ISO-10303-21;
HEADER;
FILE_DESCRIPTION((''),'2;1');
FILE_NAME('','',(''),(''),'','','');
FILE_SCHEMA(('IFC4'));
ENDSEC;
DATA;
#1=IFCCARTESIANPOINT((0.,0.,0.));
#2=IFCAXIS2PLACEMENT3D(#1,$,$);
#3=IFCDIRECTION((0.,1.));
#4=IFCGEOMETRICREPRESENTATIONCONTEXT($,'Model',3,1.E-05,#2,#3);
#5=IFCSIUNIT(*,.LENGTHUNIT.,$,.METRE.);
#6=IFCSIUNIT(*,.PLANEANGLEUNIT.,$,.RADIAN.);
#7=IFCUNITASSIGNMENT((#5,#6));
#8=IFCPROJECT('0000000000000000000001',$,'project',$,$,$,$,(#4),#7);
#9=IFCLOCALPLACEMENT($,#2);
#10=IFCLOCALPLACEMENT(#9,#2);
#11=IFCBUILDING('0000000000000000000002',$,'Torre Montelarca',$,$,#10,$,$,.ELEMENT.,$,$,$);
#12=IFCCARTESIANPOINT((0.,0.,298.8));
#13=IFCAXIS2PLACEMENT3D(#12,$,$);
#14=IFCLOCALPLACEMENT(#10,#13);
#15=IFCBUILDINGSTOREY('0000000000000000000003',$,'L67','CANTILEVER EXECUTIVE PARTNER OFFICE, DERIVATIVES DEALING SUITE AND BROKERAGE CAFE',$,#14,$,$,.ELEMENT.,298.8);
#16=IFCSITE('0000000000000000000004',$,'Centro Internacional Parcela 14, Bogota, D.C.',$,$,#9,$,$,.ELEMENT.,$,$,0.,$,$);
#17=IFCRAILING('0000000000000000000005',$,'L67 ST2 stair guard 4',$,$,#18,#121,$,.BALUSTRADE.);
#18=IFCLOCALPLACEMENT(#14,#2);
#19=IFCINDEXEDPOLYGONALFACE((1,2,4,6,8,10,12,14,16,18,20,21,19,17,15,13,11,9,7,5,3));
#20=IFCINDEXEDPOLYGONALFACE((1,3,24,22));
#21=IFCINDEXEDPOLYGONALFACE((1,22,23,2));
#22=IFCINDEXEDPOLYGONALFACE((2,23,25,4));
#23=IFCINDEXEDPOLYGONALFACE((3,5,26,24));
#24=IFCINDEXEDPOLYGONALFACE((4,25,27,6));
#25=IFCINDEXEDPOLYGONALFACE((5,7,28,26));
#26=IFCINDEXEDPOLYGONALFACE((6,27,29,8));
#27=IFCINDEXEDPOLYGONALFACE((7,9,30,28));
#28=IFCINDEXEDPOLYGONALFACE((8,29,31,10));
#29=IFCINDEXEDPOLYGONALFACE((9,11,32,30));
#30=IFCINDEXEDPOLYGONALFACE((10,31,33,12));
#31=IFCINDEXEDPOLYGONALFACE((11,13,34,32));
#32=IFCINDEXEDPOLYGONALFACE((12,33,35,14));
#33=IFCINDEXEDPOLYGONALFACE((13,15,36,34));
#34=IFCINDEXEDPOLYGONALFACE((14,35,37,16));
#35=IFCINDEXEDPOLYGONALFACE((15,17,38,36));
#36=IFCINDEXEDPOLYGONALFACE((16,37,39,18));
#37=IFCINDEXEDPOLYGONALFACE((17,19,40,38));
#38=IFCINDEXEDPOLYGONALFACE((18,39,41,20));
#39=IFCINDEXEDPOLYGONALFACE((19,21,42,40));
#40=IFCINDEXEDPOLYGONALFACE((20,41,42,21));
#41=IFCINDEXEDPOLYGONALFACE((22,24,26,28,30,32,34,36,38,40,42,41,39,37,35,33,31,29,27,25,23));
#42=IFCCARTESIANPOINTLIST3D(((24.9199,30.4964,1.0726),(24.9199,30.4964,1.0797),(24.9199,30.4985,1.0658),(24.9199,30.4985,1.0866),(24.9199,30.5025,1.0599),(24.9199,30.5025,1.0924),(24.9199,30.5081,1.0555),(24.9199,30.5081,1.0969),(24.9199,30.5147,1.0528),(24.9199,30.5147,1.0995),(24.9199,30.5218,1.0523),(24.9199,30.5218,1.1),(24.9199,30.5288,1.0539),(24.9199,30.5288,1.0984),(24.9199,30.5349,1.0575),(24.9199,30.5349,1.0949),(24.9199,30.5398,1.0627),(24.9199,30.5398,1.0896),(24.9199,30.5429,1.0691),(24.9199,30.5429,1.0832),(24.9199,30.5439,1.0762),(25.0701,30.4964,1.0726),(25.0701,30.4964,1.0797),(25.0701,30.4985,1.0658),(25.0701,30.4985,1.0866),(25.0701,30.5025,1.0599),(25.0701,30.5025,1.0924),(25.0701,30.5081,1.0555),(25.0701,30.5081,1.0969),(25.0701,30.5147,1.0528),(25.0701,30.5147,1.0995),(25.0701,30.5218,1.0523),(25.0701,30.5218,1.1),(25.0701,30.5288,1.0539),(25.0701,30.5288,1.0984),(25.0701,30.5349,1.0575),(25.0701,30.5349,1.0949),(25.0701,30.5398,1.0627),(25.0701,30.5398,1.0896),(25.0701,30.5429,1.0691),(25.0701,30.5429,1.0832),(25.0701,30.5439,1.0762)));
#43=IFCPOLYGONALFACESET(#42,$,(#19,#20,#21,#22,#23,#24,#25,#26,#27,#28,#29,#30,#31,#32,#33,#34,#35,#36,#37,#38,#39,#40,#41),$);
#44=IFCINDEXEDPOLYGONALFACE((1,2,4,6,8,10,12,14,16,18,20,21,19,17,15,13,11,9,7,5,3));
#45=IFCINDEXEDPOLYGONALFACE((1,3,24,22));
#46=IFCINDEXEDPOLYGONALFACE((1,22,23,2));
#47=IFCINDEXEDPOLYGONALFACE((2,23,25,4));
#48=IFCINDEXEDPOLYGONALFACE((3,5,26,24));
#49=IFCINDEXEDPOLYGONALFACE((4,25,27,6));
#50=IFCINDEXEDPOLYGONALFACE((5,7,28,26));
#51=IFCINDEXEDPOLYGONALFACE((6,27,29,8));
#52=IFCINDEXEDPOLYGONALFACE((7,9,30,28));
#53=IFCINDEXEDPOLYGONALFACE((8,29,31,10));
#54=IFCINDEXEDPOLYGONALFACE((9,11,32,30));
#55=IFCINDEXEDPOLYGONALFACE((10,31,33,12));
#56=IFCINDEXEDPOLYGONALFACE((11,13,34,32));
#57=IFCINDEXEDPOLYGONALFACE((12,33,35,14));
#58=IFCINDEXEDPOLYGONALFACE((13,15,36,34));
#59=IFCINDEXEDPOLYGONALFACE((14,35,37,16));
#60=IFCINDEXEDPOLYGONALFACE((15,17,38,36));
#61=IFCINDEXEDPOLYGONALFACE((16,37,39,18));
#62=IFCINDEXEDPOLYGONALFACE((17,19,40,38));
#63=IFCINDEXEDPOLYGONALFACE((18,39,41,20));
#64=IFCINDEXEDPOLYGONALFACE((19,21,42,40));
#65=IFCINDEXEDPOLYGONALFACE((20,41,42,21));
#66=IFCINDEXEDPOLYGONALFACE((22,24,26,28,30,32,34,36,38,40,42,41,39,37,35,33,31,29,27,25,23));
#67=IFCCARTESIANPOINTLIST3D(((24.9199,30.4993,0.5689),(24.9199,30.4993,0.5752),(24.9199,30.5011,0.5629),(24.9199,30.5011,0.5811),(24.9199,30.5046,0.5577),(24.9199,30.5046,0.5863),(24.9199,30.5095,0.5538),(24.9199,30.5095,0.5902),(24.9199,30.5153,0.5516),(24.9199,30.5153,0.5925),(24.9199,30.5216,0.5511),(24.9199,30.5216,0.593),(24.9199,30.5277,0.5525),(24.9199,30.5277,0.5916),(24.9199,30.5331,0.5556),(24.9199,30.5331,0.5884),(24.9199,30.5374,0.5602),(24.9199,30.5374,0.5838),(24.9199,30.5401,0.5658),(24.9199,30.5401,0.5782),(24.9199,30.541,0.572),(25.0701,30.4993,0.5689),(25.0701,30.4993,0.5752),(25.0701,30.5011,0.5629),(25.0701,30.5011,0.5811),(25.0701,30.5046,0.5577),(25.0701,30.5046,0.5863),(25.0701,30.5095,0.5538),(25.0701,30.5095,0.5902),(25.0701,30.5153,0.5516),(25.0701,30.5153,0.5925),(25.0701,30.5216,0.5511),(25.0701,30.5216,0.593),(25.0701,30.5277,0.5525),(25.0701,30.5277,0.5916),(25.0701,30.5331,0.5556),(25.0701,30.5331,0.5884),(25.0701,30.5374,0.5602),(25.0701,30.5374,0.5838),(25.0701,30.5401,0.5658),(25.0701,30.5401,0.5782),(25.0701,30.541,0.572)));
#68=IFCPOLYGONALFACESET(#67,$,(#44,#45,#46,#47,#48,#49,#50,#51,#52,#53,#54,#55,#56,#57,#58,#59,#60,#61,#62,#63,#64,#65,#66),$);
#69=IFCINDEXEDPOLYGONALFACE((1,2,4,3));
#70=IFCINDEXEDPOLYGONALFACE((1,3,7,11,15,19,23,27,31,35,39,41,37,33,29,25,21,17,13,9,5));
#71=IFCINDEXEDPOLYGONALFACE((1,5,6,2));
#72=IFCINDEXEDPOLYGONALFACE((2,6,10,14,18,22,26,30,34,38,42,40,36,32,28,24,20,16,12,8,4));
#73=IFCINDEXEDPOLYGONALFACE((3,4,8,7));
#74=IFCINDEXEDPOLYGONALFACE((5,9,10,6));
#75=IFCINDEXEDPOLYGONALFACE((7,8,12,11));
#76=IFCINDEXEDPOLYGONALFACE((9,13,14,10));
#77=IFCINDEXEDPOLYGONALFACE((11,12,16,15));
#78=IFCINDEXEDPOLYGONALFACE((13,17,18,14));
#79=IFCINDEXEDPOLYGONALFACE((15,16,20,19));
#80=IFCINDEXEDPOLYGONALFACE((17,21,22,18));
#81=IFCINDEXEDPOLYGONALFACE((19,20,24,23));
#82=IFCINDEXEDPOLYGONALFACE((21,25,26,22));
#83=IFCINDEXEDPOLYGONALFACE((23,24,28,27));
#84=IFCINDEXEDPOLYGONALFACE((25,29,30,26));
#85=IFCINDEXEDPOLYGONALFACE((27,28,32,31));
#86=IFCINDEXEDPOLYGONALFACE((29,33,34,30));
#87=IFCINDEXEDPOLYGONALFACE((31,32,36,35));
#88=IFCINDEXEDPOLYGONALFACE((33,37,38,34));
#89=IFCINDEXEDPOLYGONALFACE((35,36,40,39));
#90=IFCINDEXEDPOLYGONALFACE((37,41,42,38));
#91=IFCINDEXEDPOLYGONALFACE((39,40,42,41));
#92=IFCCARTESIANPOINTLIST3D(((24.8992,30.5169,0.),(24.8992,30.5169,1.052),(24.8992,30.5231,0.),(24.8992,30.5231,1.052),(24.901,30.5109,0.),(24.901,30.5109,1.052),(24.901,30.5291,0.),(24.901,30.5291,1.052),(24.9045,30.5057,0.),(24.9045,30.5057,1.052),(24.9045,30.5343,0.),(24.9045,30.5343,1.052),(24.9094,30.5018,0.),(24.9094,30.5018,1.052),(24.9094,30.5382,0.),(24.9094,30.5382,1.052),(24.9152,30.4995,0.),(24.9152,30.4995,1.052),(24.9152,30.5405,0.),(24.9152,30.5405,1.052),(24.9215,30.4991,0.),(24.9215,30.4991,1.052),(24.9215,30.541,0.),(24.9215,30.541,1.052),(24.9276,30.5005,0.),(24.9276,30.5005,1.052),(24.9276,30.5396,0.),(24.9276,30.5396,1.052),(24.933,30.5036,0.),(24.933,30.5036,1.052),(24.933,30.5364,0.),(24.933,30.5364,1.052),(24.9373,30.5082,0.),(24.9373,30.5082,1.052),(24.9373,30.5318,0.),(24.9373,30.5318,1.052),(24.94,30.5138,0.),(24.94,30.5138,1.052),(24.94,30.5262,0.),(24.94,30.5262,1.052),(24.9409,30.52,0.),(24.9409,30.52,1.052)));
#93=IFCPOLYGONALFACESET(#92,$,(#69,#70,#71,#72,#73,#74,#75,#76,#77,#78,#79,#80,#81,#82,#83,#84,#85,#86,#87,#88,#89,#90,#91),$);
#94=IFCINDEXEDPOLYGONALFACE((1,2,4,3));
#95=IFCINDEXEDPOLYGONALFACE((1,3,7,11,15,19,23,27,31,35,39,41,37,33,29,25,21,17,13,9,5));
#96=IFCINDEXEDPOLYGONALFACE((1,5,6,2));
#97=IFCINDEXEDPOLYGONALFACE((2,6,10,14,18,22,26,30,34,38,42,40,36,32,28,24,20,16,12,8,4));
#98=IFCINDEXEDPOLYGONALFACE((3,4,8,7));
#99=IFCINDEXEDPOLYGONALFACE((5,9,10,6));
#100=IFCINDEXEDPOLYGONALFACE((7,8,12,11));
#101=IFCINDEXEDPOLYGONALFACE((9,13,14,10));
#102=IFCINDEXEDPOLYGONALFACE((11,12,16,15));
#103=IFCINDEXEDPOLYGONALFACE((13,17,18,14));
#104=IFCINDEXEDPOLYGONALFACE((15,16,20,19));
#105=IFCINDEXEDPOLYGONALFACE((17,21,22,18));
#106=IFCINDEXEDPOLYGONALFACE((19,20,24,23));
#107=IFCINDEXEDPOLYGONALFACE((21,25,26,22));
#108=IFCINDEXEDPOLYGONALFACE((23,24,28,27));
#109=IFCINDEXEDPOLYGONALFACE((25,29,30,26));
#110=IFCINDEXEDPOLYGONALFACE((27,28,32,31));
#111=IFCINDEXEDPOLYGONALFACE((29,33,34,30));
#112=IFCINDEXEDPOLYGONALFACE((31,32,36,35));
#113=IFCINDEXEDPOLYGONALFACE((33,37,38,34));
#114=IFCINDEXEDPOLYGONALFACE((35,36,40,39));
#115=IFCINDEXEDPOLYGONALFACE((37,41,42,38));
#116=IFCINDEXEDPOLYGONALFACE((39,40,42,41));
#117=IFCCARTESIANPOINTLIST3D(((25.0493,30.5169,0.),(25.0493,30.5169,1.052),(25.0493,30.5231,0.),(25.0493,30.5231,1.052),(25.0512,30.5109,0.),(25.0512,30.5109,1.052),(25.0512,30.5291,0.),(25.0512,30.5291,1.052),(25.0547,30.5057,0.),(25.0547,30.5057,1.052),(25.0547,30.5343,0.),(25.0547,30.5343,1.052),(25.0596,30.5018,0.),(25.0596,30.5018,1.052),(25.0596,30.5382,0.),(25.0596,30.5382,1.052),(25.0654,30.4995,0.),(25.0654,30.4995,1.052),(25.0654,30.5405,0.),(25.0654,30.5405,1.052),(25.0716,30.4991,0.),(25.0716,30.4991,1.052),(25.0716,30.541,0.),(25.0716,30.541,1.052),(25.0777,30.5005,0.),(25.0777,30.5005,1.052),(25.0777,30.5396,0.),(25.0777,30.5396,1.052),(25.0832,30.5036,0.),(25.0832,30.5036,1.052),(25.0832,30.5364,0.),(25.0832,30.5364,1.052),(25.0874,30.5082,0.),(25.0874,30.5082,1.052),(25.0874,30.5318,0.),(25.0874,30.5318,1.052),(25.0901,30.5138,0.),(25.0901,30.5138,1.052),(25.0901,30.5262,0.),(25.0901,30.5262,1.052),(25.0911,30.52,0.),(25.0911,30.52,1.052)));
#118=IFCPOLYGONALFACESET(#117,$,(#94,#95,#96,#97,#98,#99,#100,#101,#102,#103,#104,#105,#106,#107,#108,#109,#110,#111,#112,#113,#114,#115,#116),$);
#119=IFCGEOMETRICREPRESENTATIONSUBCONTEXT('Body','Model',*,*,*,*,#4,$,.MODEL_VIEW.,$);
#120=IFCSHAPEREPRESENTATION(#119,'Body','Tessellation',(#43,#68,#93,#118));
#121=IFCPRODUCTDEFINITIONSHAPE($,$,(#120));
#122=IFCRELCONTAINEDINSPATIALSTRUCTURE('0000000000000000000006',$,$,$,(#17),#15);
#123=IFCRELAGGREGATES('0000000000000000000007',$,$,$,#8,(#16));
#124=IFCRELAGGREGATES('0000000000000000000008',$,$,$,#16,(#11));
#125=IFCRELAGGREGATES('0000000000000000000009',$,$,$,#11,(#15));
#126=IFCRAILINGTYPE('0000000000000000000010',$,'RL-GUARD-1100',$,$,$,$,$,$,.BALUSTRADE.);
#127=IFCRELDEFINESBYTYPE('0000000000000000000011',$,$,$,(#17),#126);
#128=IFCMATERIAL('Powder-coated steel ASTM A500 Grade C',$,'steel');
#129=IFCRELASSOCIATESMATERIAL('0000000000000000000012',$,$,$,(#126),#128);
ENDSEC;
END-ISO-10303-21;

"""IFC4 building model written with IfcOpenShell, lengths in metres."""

from ifc_helpers import new_model, si_unit, direction, frame, origin, origin_2d, place, context, subcontext, project, spatial, circle, extrude, material, type_object, element, save


model = new_model("IFC4")

# Units and contexts
model_context = context("Model", 3, precision=1e-05, world=origin(), true_north=direction((0.0, 1.0)))
body_context = subcontext(model_context, "Body", "Model", "MODEL_VIEW")
ifc_project = project(units=[si_unit("LENGTHUNIT", "METRE"), si_unit("PLANEANGLEUNIT", "RADIAN")], contexts=[model_context])

# Site, building, storey
site_placement = place(None, origin())
site = spatial("IfcSite", under=ifc_project, at=site_placement, Name="Centro Internacional Parcela 14, Bogota, D.C.", CompositionType="ELEMENT", RefElevation=0.0)
building_placement = place(site_placement, origin())
building = spatial("IfcBuilding", under=site, at=building_placement, Name="Torre Montelarca", CompositionType="ELEMENT")
storey_placement = place(building_placement, frame((0.0, 0.0, 298.8)))
storey = spatial("IfcBuildingStorey", under=building, at=storey_placement, Name="L67", Description="CANTILEVER EXECUTIVE PARTNER OFFICE, DERIVATIVES DEALING SUITE AND BROKERAGE CAFE", CompositionType="ELEMENT", Elevation=298.8)

# Railing
ifc_material_1 = material(Name="Powder-coated steel ASTM A500 Grade C", Category="steel")
railing_type_1 = type_object("IfcRailingType", Name="RL-GUARD-1100", PredefinedType="BALUSTRADE", material=ifc_material_1)
railing_1_placement = place(storey_placement, frame((24.9199, 30.52, 0.0)))
element("IfcRailing", 1, at=railing_1_placement, inside=storey, type_object=railing_type_1, Name="L67 ST2 stair guard 4", PredefinedType="BALUSTRADE", context=body_context, shape_type="SweptSolid", body=[
    extrude(circle(Radius=0.0239, at=origin_2d()), frame((0.0, 0.0, 1.0762), z_axis=(1.0, 0.0, 0.0), x_axis=(0.0, 1.0, 0.0)), (0.0, 0.0, 1.0), 0.1501),
    extrude(circle(Radius=0.021, at=origin_2d()), frame((0.0, 0.0, 0.572), z_axis=(1.0, 0.0, 0.0), x_axis=(0.0, 1.0, 0.0)), (0.0, 0.0, 1.0), 0.1501),
    extrude(circle(Radius=0.021, at=origin_2d()), origin(), (0.0, 0.0, 1.0), 1.052),
    extrude(circle(Radius=0.021, at=origin_2d()), frame((0.1501, 0.0, 0.0)), (0.0, 0.0, 1.0), 1.052),
])

save(model, "model.ifc")
